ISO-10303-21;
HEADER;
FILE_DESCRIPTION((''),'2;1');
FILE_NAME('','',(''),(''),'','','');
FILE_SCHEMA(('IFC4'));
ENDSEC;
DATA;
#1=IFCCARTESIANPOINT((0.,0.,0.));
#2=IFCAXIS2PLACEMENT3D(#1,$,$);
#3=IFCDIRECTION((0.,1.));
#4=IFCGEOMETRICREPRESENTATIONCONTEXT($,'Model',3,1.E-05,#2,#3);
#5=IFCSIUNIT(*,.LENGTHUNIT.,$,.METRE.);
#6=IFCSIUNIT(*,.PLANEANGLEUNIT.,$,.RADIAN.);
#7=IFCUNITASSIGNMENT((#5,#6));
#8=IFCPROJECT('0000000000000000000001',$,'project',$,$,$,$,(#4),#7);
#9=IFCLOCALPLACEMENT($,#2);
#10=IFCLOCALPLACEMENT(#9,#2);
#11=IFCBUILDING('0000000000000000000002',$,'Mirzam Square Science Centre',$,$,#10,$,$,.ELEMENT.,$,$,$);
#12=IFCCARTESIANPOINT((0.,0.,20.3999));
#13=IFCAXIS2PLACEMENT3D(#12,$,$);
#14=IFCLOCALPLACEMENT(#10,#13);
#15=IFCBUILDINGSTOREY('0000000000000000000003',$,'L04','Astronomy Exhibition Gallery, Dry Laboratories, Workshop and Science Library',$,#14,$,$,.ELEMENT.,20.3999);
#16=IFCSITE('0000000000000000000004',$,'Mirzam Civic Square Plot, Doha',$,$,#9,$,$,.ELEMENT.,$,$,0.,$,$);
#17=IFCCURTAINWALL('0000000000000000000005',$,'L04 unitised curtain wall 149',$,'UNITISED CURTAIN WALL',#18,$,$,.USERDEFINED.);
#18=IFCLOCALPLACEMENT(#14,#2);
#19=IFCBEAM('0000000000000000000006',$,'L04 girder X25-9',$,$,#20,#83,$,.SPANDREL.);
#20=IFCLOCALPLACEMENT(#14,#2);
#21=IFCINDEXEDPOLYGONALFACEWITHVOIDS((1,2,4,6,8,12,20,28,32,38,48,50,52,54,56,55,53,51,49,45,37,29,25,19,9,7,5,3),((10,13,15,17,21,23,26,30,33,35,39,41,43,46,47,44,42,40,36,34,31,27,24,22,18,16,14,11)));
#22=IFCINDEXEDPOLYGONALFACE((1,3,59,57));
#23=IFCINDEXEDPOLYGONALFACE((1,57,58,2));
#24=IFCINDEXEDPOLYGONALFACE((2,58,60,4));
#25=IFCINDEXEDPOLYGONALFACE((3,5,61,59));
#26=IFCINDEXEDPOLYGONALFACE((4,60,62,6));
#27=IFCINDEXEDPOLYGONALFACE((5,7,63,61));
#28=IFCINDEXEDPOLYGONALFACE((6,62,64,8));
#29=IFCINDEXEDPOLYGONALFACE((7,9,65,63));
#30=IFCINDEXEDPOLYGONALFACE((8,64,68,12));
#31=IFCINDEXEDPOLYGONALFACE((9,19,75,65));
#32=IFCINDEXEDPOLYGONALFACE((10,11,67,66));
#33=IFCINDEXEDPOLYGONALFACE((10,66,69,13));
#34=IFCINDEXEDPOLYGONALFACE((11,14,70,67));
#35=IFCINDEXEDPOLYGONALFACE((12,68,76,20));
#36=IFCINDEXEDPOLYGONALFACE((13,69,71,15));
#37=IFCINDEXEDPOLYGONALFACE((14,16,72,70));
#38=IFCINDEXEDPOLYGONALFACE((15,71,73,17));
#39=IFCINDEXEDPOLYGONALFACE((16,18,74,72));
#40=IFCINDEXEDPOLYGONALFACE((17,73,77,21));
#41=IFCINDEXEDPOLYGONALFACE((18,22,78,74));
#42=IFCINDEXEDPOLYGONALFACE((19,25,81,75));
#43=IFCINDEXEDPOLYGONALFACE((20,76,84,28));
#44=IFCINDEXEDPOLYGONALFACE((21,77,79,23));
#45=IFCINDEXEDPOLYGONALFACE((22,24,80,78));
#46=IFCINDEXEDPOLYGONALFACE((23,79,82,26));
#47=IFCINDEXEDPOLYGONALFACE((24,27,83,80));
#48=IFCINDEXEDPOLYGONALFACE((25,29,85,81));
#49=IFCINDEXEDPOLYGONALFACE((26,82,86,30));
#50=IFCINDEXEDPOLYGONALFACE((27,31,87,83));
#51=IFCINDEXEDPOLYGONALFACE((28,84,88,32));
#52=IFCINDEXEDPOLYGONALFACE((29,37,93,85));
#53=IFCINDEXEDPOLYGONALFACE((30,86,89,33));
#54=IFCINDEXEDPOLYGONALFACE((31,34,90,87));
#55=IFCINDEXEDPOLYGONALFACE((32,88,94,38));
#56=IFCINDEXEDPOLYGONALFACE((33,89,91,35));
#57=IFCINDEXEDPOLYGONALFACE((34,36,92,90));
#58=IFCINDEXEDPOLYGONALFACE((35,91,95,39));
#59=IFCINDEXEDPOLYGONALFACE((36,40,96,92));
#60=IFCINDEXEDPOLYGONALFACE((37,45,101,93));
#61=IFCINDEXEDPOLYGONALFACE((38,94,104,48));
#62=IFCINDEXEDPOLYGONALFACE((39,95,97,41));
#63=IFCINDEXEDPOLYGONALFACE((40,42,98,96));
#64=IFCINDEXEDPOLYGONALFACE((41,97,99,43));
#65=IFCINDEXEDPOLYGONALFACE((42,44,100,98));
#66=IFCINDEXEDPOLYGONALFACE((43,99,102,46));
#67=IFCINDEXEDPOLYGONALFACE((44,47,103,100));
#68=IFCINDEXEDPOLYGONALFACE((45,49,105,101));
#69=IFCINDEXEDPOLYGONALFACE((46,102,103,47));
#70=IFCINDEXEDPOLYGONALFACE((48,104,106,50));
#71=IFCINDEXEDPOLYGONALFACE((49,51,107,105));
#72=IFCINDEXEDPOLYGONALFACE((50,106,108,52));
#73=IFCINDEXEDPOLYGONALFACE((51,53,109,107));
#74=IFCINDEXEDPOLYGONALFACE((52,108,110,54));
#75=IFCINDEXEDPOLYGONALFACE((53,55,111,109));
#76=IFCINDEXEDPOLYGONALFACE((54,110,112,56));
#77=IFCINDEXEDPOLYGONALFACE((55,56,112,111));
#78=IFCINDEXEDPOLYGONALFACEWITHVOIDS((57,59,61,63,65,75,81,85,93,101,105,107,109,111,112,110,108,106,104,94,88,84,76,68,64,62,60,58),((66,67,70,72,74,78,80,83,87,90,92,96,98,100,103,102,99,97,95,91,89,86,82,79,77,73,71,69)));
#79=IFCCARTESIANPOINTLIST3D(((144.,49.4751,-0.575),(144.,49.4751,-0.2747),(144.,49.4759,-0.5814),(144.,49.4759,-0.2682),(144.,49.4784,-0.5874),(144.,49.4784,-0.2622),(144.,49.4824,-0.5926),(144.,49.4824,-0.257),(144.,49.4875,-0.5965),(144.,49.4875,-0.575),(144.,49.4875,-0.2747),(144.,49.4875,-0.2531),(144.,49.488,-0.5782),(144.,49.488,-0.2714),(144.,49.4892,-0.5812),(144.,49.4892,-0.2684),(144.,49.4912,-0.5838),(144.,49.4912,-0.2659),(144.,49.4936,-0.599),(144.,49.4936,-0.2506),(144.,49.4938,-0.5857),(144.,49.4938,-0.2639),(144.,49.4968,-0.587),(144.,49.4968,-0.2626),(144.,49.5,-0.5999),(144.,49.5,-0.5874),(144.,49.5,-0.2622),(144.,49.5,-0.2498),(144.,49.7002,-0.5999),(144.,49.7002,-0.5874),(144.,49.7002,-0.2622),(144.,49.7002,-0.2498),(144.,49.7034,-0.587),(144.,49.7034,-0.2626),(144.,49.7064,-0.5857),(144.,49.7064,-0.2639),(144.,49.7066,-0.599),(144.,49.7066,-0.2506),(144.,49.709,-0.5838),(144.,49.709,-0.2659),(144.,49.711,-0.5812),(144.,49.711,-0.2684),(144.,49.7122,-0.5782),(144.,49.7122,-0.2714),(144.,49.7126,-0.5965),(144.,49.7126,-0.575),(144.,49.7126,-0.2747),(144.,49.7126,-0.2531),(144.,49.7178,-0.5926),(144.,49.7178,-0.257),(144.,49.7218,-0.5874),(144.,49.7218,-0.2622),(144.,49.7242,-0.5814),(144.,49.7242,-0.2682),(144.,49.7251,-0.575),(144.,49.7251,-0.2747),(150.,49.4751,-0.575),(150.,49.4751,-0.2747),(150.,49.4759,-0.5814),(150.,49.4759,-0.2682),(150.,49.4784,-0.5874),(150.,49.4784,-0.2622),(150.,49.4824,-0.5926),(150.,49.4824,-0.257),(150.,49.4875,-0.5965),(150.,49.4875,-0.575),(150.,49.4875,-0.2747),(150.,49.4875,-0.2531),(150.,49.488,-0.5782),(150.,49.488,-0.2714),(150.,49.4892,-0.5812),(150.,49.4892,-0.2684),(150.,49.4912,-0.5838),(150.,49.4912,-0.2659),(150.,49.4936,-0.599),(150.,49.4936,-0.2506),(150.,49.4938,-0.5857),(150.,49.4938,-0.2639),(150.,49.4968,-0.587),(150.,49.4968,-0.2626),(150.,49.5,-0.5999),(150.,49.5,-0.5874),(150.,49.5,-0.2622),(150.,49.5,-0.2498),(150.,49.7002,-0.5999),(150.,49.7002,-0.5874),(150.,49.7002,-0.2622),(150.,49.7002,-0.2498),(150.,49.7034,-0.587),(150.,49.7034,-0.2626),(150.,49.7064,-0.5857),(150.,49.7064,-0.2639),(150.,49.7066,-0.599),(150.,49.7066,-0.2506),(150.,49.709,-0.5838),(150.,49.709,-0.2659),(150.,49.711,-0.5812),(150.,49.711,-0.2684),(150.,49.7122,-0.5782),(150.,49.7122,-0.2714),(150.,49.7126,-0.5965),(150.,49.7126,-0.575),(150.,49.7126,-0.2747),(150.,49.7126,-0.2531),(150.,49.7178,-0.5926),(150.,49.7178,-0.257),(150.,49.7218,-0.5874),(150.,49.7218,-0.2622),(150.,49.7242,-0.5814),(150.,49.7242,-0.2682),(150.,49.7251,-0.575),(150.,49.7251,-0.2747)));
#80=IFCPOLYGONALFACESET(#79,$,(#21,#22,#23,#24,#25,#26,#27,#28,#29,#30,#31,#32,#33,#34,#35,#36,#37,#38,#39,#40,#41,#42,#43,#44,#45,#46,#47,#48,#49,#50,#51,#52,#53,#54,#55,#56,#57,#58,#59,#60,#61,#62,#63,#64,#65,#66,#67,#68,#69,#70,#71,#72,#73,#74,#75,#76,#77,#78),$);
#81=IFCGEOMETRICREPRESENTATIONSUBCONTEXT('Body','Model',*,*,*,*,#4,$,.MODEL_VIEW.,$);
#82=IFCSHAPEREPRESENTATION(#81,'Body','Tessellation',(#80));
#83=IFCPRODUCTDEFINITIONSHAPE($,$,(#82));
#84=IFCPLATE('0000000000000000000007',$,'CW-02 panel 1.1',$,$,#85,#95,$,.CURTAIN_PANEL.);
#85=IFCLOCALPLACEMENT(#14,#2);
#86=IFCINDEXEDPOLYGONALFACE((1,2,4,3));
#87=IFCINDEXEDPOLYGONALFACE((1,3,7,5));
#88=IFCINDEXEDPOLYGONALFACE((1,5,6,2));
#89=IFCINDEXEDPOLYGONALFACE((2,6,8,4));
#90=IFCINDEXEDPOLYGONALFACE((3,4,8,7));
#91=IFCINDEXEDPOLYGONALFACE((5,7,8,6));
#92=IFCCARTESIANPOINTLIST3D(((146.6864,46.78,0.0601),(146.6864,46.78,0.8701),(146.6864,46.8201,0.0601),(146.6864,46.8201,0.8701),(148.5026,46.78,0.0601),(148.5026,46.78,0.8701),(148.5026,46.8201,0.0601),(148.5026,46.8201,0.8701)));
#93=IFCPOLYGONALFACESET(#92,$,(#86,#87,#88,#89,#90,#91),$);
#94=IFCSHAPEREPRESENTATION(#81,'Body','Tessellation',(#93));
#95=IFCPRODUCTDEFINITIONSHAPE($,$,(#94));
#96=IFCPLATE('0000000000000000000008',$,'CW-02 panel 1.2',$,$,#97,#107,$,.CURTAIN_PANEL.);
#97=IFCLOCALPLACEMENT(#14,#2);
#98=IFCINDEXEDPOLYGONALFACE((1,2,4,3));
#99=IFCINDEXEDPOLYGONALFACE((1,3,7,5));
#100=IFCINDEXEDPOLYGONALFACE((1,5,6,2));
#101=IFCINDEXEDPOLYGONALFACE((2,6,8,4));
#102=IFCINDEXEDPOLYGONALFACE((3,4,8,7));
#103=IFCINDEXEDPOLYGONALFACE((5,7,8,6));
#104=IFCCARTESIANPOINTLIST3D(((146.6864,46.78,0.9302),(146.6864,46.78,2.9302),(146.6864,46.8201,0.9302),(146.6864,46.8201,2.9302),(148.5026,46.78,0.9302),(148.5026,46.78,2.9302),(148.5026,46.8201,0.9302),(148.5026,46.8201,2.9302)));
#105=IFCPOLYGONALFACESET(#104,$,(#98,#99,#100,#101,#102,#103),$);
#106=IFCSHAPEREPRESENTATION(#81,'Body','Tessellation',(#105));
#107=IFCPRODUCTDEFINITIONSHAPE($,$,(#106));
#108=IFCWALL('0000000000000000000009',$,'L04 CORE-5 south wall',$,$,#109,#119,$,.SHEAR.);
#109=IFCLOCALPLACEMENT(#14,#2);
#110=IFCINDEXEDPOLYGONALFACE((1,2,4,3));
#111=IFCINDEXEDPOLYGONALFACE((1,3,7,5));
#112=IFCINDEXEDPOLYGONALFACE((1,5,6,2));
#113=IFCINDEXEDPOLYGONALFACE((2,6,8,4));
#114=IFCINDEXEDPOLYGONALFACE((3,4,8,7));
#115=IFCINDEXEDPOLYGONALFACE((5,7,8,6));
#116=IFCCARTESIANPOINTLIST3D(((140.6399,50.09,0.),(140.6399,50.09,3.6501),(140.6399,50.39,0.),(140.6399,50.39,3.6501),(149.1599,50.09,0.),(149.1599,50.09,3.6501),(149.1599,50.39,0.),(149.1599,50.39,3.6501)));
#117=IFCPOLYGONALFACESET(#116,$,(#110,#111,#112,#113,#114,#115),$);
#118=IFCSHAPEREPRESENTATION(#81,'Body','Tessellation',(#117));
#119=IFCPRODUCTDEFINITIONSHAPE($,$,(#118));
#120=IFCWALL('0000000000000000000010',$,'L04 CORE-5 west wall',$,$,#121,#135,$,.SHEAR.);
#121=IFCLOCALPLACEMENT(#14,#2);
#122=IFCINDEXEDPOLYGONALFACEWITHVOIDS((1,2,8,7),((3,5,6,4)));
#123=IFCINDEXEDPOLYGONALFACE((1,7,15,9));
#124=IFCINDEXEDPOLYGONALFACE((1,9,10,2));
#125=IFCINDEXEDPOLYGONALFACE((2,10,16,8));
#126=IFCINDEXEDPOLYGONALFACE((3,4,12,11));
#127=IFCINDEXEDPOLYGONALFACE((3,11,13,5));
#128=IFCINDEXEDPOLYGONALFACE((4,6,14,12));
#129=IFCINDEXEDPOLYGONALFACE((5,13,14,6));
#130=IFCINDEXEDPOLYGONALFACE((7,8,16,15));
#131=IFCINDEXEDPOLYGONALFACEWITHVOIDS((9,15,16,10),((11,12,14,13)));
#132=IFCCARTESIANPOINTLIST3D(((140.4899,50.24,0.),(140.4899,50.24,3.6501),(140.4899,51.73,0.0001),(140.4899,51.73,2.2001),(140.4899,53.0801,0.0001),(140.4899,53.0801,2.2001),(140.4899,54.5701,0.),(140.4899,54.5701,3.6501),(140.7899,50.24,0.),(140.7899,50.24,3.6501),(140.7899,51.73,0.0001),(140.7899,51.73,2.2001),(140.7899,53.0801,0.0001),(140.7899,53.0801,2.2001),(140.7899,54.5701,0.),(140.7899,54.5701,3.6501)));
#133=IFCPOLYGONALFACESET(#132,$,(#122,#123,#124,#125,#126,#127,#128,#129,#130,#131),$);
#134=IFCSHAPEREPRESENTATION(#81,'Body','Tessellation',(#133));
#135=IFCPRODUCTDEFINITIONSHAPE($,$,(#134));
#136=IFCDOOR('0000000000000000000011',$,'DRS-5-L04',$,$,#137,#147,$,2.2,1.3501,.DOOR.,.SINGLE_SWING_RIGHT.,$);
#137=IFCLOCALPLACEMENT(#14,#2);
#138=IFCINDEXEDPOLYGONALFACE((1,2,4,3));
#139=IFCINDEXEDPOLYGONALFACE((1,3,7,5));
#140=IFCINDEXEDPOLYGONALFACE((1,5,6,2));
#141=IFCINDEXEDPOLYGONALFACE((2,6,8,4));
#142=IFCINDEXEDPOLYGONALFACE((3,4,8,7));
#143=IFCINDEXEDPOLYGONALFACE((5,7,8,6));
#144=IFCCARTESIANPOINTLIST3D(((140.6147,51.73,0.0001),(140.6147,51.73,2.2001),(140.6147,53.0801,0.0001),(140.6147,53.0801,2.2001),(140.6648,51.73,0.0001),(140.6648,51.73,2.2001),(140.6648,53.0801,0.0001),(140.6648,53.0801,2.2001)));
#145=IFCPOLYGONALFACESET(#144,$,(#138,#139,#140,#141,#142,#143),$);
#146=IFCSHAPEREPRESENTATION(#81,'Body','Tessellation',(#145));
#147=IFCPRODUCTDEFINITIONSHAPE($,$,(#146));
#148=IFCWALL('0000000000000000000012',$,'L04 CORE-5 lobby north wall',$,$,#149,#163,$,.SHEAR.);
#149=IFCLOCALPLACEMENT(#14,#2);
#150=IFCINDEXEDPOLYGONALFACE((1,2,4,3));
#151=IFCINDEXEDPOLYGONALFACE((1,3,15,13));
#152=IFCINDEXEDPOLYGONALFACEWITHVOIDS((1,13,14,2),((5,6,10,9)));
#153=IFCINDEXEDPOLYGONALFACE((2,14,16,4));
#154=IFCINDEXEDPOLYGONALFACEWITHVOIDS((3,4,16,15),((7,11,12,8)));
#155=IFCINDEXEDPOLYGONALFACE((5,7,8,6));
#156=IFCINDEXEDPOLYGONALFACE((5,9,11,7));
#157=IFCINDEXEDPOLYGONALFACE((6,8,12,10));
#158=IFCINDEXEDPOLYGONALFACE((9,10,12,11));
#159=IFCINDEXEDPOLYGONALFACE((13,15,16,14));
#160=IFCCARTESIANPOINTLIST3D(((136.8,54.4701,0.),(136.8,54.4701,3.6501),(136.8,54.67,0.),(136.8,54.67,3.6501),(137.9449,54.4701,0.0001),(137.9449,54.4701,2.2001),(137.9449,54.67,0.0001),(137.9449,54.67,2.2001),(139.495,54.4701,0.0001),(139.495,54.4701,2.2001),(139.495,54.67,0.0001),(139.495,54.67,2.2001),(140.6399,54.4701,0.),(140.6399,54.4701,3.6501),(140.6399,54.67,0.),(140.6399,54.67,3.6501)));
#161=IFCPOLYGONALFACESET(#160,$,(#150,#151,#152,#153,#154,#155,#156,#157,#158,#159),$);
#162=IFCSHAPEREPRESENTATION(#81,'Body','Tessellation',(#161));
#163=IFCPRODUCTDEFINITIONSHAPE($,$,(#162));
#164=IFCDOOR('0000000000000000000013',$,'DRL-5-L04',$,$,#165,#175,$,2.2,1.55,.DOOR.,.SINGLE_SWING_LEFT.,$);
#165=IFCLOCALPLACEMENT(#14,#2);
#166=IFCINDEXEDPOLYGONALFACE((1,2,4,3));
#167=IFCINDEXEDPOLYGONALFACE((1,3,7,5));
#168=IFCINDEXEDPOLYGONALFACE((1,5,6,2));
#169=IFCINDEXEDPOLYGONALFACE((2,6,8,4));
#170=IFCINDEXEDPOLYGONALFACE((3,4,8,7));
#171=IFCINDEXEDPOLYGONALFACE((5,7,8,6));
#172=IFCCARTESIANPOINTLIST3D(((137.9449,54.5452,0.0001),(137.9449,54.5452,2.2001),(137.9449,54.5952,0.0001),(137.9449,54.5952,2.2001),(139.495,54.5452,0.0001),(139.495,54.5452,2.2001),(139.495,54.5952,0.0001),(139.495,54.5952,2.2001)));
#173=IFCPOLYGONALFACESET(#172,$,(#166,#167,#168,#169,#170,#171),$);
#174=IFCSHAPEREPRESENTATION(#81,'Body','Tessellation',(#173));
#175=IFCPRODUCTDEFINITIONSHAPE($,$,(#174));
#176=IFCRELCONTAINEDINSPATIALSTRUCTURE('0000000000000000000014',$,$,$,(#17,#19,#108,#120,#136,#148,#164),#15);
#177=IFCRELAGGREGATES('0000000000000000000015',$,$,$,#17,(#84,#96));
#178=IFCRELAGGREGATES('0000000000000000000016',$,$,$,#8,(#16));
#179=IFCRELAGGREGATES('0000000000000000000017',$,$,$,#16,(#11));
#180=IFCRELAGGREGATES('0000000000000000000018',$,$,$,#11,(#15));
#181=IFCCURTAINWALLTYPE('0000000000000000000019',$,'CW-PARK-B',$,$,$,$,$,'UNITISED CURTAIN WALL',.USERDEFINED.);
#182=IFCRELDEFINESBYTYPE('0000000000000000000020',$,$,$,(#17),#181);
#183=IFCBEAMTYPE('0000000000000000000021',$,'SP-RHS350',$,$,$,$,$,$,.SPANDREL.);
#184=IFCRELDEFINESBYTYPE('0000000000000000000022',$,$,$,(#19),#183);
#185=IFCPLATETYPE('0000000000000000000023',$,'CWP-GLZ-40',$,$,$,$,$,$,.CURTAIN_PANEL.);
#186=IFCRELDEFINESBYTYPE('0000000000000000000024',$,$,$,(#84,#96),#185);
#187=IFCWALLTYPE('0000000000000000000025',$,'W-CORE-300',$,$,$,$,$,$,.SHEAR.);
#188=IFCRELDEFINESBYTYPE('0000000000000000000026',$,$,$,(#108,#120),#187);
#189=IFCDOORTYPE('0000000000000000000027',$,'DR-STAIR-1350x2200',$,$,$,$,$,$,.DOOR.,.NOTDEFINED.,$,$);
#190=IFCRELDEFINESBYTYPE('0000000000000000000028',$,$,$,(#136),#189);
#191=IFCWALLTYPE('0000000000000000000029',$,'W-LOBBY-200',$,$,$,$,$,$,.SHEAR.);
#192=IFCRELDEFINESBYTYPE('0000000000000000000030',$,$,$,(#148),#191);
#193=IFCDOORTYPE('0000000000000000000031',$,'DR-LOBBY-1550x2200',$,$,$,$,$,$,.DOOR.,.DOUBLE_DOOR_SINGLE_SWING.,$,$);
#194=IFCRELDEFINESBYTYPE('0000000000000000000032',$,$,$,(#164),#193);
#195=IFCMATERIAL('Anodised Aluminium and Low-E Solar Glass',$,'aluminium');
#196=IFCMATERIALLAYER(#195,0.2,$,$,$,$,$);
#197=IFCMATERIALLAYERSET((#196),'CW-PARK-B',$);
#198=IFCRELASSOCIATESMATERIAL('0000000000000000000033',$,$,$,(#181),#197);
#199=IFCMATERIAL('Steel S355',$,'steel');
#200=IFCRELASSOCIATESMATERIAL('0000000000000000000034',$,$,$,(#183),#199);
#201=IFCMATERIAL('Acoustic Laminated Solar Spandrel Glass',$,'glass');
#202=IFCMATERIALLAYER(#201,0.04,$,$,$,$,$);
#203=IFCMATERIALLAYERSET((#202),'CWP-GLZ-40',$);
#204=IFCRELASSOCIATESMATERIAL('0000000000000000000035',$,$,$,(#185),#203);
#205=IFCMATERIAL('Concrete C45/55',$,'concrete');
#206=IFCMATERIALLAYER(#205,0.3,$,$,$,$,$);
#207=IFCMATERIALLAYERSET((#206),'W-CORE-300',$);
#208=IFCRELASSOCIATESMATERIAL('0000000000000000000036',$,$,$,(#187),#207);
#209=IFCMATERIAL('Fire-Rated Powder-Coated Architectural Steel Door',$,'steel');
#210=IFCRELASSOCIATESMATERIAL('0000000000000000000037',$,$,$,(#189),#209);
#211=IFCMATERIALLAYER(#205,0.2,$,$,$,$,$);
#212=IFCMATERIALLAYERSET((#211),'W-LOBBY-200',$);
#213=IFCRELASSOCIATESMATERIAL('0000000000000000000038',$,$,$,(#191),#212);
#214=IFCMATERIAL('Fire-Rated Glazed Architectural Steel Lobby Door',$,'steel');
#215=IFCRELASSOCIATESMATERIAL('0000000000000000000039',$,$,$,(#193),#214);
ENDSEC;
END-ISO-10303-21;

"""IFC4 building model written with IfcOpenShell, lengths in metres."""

from ifc_helpers import new_model, si_unit, direction, frame, frame_2d, origin, origin_2d, place, context, subcontext, project, spatial, rectangle, hollow_rectangle, extrude, material, layer, layer_set, material_profile, profile_set, type_object, element, fill, aggregate, save


model = new_model("IFC4")

# Units and contexts
model_context = context("Model", 3, precision=1e-05, world=origin(), true_north=direction((0.0, 1.0)))
body_context = subcontext(model_context, "Body", "Model", "MODEL_VIEW")
ifc_project = project(units=[si_unit("LENGTHUNIT", "METRE"), si_unit("PLANEANGLEUNIT", "RADIAN")], contexts=[model_context])

# Site, building, storey
site_placement = place(None, origin())
site = spatial("IfcSite", under=ifc_project, at=site_placement, Name="Mirzam Civic Square Plot, Doha", CompositionType="ELEMENT", RefElevation=0.0)
building_placement = place(site_placement, origin())
building = spatial("IfcBuilding", under=site, at=building_placement, Name="Mirzam Square Science Centre", CompositionType="ELEMENT")
storey_placement = place(building_placement, frame((0.0, 0.0, 20.3999)))
storey = spatial("IfcBuildingStorey", under=building, at=storey_placement, Name="L04", Description="Astronomy Exhibition Gallery, Dry Laboratories, Workshop and Science Library", CompositionType="ELEMENT", Elevation=20.3999)

# Shared definitions
ifc_material_1 = material(Name="Steel S355", Category="steel")

# Curtain wall
ifc_material_2 = material(Name="Anodised Aluminium and Low-E Solar Glass", Category="aluminium")
ifc_layer_1 = layer(ifc_material_2, 0.2)
ifc_layer_set_1 = layer_set([ifc_layer_1], Name="CW-PARK-B")
curtain_wall_type = type_object("IfcCurtainWallType", Name="CW-PARK-B", ElementType="UNITISED CURTAIN WALL", PredefinedType="USERDEFINED", material=ifc_layer_set_1)
curtain_wall_placement = place(storey_placement, origin())
curtain_wall = element("IfcCurtainWall", 1, at=curtain_wall_placement, inside=storey, type_object=curtain_wall_type, Name="L04 unitised curtain wall 149", ObjectType="UNITISED CURTAIN WALL", PredefinedType="USERDEFINED")

# Beam
ifc_material_profile_1 = material_profile(ifc_material_1, hollow_rectangle(XDim=0.25, YDim=0.3501, WallThickness=0.0125, InnerFilletRadius=0.0125, OuterFilletRadius=0.0249, at=origin_2d()), Name="350x250x12.5RHS")
ifc_profile_set_1 = profile_set([ifc_material_profile_1], Name="Steel S355")
beam_type_1 = type_object("IfcBeamType", Name="SP-RHS350", PredefinedType="SPANDREL", material=ifc_profile_set_1)
for number, where, z_axis, x_axis, name in (
    (2, (144.0, 49.6001, -0.4248), (1.0, 0.0, 0.0), (0.0, 1.0, 0.0), "L04 girder X25-9"),
):
    element("IfcBeam", number, at=place(storey_placement, frame(where, z_axis=z_axis, x_axis=x_axis)), inside=storey, type_object=beam_type_1, Name=name, PredefinedType="SPANDREL", context=body_context, shape_type="SweptSolid", body=[
        extrude(hollow_rectangle(XDim=0.25, YDim=0.3501, WallThickness=0.0125, InnerFilletRadius=0.0125, OuterFilletRadius=0.0249, at=origin_2d()), origin(), (0.0, 0.0, 1.0), 6.0),
    ])

# Plates
ifc_material_3 = material(Name="Acoustic Laminated Solar Spandrel Glass", Category="glass")
ifc_layer_2 = layer(ifc_material_3, 0.04)
ifc_layer_set_2 = layer_set([ifc_layer_2], Name="CWP-GLZ-40")
plate_type = type_object("IfcPlateType", Name="CWP-GLZ-40", PredefinedType="CURTAIN_PANEL", material=ifc_layer_set_2)
plate_1_placement = place(storey_placement, frame((147.5945, 46.8, 0.0601), z_axis=(0.0, 0.0, 1.0), x_axis=(1.0, 0.0, 0.0)))
plate_1 = element("IfcPlate", 3, at=plate_1_placement, type_object=plate_type, Name="CW-02 panel 1.1", PredefinedType="CURTAIN_PANEL", context=body_context, shape_type="SweptSolid", body=[
    extrude(rectangle(XDim=1.8162, YDim=0.04, at=origin_2d()), origin(), (0.0, 0.0, 1.0), 0.8101),
])
plate_2_placement = place(storey_placement, frame((147.5945, 46.8, 0.9302), z_axis=(0.0, 0.0, 1.0), x_axis=(1.0, 0.0, 0.0)))
plate_2 = element("IfcPlate", 4, at=plate_2_placement, type_object=plate_type, Name="CW-02 panel 1.2", PredefinedType="CURTAIN_PANEL", context=body_context, shape_type="SweptSolid", body=[
    extrude(rectangle(XDim=1.8162, YDim=0.04, at=origin_2d()), origin(), (0.0, 0.0, 1.0), 2.0),
])
aggregate(curtain_wall, [plate_1, plate_2])

# Wall
ifc_material_4 = material(Name="Concrete C45/55", Category="concrete")
ifc_layer_3 = layer(ifc_material_4, 0.3)
ifc_layer_set_3 = layer_set([ifc_layer_3], Name="W-CORE-300")
wall_type_1 = type_object("IfcWallType", Name="W-CORE-300", PredefinedType="SHEAR", material=ifc_layer_set_3)
wall_1_placement = place(storey_placement, frame((140.6399, 50.24, 0.0), z_axis=(0.0, 0.0, 1.0), x_axis=(1.0, 0.0, 0.0)))
element("IfcWall", 5, at=wall_1_placement, inside=storey, type_object=wall_type_1, Name="L04 CORE-5 south wall", PredefinedType="SHEAR", context=body_context, shape_type="SweptSolid", body=[
    extrude(rectangle(XDim=8.52, YDim=0.3, at=frame_2d((4.26, 0.0))), origin(), (0.0, 0.0, 1.0), 3.6501),
])

# Walls, openings, doors
wall_2_placement = place(storey_placement, frame((140.6399, 54.5701, 0.0), z_axis=(0.0, 0.0, 1.0), x_axis=(0.0, -1.0, 0.0)))
wall_2 = element("IfcWall", 6, at=wall_2_placement, inside=storey, type_object=wall_type_1, Name="L04 CORE-5 west wall", PredefinedType="SHEAR", context=body_context, shape_type="SweptSolid", body=[
    extrude(rectangle(XDim=4.3301, YDim=0.3, at=frame_2d((2.165, 0.0))), origin(), (0.0, 0.0, 1.0), 3.6501),
])
opening_1_placement = place(wall_2_placement, frame((1.49, 0.0, 0.0)))
opening_1 = element("IfcOpeningElement", 7, at=opening_1_placement, cuts=wall_2, PredefinedType="OPENING", context=body_context, shape_type="SweptSolid", body=[
    extrude(rectangle(XDim=1.3501, YDim=2.2, at=frame_2d((0.675, 1.1001))), frame((0.0, 0.1599, 0.0), z_axis=(0.0, -1.0, 0.0), x_axis=(1.0, 0.0, 0.0)), (0.0, 0.0, 1.0), 0.3201),
])
ifc_material_5 = material(Name="Fire-Rated Powder-Coated Architectural Steel Door", Category="steel")
door_type_1 = type_object("IfcDoorType", Name="DR-STAIR-1350x2200", OperationType="NOTDEFINED", PredefinedType="DOOR", material=ifc_material_5)
door_1_placement = place(opening_1_placement, origin())
door_1 = element("IfcDoor", 8, at=door_1_placement, inside=storey, type_object=door_type_1, Name="DRS-5-L04", OperationType="SINGLE_SWING_RIGHT", OverallHeight=2.2, OverallWidth=1.3501, PredefinedType="DOOR", context=body_context, shape_type="SweptSolid", body=[
    extrude(rectangle(XDim=1.3501, YDim=2.2, at=frame_2d((0.675, 1.1001))), frame((0.0, 0.0249, 0.0), z_axis=(0.0, -1.0, 0.0), x_axis=(1.0, 0.0, 0.0)), (0.0, 0.0, 1.0), 0.05),
])
fill(opening_1, door_1)
ifc_layer_4 = layer(ifc_material_4, 0.2)
ifc_layer_set_4 = layer_set([ifc_layer_4], Name="W-LOBBY-200")
wall_type_2 = type_object("IfcWallType", Name="W-LOBBY-200", PredefinedType="SHEAR", material=ifc_layer_set_4)
wall_3_placement = place(storey_placement, frame((140.6399, 54.5701, 0.0), z_axis=(0.0, 0.0, 1.0), x_axis=(-1.0, 0.0, 0.0)))
wall_3 = element("IfcWall", 9, at=wall_3_placement, inside=storey, type_object=wall_type_2, Name="L04 CORE-5 lobby north wall", PredefinedType="SHEAR", context=body_context, shape_type="SweptSolid", body=[
    extrude(rectangle(XDim=3.8398, YDim=0.2, at=frame_2d((1.9199, 0.0))), origin(), (0.0, 0.0, 1.0), 3.6501),
])
opening_2_placement = place(wall_3_placement, frame((1.145, 0.0, 0.0)))
opening_2 = element("IfcOpeningElement", 10, at=opening_2_placement, cuts=wall_3, PredefinedType="OPENING", context=body_context, shape_type="SweptSolid", body=[
    extrude(rectangle(XDim=1.55, YDim=2.2, at=frame_2d((0.7749, 1.1001))), frame((0.0, 0.1099, 0.0), z_axis=(0.0, -1.0, 0.0), x_axis=(1.0, 0.0, 0.0)), (0.0, 0.0, 1.0), 0.22),
])
ifc_material_6 = material(Name="Fire-Rated Glazed Architectural Steel Lobby Door", Category="steel")
door_type_2 = type_object("IfcDoorType", Name="DR-LOBBY-1550x2200", OperationType="DOUBLE_DOOR_SINGLE_SWING", PredefinedType="DOOR", material=ifc_material_6)
door_2_placement = place(opening_2_placement, origin())
door_2 = element("IfcDoor", 11, at=door_2_placement, inside=storey, type_object=door_type_2, Name="DRL-5-L04", OperationType="SINGLE_SWING_LEFT", OverallHeight=2.2, OverallWidth=1.55, PredefinedType="DOOR", context=body_context, shape_type="SweptSolid", body=[
    extrude(rectangle(XDim=1.55, YDim=2.2, at=frame_2d((0.7749, 1.1001))), frame((0.0, 0.0249, 0.0), z_axis=(0.0, -1.0, 0.0), x_axis=(1.0, 0.0, 0.0)), (0.0, 0.0, 1.0), 0.05),
])
fill(opening_2, door_2)

save(model, "model.ifc")
